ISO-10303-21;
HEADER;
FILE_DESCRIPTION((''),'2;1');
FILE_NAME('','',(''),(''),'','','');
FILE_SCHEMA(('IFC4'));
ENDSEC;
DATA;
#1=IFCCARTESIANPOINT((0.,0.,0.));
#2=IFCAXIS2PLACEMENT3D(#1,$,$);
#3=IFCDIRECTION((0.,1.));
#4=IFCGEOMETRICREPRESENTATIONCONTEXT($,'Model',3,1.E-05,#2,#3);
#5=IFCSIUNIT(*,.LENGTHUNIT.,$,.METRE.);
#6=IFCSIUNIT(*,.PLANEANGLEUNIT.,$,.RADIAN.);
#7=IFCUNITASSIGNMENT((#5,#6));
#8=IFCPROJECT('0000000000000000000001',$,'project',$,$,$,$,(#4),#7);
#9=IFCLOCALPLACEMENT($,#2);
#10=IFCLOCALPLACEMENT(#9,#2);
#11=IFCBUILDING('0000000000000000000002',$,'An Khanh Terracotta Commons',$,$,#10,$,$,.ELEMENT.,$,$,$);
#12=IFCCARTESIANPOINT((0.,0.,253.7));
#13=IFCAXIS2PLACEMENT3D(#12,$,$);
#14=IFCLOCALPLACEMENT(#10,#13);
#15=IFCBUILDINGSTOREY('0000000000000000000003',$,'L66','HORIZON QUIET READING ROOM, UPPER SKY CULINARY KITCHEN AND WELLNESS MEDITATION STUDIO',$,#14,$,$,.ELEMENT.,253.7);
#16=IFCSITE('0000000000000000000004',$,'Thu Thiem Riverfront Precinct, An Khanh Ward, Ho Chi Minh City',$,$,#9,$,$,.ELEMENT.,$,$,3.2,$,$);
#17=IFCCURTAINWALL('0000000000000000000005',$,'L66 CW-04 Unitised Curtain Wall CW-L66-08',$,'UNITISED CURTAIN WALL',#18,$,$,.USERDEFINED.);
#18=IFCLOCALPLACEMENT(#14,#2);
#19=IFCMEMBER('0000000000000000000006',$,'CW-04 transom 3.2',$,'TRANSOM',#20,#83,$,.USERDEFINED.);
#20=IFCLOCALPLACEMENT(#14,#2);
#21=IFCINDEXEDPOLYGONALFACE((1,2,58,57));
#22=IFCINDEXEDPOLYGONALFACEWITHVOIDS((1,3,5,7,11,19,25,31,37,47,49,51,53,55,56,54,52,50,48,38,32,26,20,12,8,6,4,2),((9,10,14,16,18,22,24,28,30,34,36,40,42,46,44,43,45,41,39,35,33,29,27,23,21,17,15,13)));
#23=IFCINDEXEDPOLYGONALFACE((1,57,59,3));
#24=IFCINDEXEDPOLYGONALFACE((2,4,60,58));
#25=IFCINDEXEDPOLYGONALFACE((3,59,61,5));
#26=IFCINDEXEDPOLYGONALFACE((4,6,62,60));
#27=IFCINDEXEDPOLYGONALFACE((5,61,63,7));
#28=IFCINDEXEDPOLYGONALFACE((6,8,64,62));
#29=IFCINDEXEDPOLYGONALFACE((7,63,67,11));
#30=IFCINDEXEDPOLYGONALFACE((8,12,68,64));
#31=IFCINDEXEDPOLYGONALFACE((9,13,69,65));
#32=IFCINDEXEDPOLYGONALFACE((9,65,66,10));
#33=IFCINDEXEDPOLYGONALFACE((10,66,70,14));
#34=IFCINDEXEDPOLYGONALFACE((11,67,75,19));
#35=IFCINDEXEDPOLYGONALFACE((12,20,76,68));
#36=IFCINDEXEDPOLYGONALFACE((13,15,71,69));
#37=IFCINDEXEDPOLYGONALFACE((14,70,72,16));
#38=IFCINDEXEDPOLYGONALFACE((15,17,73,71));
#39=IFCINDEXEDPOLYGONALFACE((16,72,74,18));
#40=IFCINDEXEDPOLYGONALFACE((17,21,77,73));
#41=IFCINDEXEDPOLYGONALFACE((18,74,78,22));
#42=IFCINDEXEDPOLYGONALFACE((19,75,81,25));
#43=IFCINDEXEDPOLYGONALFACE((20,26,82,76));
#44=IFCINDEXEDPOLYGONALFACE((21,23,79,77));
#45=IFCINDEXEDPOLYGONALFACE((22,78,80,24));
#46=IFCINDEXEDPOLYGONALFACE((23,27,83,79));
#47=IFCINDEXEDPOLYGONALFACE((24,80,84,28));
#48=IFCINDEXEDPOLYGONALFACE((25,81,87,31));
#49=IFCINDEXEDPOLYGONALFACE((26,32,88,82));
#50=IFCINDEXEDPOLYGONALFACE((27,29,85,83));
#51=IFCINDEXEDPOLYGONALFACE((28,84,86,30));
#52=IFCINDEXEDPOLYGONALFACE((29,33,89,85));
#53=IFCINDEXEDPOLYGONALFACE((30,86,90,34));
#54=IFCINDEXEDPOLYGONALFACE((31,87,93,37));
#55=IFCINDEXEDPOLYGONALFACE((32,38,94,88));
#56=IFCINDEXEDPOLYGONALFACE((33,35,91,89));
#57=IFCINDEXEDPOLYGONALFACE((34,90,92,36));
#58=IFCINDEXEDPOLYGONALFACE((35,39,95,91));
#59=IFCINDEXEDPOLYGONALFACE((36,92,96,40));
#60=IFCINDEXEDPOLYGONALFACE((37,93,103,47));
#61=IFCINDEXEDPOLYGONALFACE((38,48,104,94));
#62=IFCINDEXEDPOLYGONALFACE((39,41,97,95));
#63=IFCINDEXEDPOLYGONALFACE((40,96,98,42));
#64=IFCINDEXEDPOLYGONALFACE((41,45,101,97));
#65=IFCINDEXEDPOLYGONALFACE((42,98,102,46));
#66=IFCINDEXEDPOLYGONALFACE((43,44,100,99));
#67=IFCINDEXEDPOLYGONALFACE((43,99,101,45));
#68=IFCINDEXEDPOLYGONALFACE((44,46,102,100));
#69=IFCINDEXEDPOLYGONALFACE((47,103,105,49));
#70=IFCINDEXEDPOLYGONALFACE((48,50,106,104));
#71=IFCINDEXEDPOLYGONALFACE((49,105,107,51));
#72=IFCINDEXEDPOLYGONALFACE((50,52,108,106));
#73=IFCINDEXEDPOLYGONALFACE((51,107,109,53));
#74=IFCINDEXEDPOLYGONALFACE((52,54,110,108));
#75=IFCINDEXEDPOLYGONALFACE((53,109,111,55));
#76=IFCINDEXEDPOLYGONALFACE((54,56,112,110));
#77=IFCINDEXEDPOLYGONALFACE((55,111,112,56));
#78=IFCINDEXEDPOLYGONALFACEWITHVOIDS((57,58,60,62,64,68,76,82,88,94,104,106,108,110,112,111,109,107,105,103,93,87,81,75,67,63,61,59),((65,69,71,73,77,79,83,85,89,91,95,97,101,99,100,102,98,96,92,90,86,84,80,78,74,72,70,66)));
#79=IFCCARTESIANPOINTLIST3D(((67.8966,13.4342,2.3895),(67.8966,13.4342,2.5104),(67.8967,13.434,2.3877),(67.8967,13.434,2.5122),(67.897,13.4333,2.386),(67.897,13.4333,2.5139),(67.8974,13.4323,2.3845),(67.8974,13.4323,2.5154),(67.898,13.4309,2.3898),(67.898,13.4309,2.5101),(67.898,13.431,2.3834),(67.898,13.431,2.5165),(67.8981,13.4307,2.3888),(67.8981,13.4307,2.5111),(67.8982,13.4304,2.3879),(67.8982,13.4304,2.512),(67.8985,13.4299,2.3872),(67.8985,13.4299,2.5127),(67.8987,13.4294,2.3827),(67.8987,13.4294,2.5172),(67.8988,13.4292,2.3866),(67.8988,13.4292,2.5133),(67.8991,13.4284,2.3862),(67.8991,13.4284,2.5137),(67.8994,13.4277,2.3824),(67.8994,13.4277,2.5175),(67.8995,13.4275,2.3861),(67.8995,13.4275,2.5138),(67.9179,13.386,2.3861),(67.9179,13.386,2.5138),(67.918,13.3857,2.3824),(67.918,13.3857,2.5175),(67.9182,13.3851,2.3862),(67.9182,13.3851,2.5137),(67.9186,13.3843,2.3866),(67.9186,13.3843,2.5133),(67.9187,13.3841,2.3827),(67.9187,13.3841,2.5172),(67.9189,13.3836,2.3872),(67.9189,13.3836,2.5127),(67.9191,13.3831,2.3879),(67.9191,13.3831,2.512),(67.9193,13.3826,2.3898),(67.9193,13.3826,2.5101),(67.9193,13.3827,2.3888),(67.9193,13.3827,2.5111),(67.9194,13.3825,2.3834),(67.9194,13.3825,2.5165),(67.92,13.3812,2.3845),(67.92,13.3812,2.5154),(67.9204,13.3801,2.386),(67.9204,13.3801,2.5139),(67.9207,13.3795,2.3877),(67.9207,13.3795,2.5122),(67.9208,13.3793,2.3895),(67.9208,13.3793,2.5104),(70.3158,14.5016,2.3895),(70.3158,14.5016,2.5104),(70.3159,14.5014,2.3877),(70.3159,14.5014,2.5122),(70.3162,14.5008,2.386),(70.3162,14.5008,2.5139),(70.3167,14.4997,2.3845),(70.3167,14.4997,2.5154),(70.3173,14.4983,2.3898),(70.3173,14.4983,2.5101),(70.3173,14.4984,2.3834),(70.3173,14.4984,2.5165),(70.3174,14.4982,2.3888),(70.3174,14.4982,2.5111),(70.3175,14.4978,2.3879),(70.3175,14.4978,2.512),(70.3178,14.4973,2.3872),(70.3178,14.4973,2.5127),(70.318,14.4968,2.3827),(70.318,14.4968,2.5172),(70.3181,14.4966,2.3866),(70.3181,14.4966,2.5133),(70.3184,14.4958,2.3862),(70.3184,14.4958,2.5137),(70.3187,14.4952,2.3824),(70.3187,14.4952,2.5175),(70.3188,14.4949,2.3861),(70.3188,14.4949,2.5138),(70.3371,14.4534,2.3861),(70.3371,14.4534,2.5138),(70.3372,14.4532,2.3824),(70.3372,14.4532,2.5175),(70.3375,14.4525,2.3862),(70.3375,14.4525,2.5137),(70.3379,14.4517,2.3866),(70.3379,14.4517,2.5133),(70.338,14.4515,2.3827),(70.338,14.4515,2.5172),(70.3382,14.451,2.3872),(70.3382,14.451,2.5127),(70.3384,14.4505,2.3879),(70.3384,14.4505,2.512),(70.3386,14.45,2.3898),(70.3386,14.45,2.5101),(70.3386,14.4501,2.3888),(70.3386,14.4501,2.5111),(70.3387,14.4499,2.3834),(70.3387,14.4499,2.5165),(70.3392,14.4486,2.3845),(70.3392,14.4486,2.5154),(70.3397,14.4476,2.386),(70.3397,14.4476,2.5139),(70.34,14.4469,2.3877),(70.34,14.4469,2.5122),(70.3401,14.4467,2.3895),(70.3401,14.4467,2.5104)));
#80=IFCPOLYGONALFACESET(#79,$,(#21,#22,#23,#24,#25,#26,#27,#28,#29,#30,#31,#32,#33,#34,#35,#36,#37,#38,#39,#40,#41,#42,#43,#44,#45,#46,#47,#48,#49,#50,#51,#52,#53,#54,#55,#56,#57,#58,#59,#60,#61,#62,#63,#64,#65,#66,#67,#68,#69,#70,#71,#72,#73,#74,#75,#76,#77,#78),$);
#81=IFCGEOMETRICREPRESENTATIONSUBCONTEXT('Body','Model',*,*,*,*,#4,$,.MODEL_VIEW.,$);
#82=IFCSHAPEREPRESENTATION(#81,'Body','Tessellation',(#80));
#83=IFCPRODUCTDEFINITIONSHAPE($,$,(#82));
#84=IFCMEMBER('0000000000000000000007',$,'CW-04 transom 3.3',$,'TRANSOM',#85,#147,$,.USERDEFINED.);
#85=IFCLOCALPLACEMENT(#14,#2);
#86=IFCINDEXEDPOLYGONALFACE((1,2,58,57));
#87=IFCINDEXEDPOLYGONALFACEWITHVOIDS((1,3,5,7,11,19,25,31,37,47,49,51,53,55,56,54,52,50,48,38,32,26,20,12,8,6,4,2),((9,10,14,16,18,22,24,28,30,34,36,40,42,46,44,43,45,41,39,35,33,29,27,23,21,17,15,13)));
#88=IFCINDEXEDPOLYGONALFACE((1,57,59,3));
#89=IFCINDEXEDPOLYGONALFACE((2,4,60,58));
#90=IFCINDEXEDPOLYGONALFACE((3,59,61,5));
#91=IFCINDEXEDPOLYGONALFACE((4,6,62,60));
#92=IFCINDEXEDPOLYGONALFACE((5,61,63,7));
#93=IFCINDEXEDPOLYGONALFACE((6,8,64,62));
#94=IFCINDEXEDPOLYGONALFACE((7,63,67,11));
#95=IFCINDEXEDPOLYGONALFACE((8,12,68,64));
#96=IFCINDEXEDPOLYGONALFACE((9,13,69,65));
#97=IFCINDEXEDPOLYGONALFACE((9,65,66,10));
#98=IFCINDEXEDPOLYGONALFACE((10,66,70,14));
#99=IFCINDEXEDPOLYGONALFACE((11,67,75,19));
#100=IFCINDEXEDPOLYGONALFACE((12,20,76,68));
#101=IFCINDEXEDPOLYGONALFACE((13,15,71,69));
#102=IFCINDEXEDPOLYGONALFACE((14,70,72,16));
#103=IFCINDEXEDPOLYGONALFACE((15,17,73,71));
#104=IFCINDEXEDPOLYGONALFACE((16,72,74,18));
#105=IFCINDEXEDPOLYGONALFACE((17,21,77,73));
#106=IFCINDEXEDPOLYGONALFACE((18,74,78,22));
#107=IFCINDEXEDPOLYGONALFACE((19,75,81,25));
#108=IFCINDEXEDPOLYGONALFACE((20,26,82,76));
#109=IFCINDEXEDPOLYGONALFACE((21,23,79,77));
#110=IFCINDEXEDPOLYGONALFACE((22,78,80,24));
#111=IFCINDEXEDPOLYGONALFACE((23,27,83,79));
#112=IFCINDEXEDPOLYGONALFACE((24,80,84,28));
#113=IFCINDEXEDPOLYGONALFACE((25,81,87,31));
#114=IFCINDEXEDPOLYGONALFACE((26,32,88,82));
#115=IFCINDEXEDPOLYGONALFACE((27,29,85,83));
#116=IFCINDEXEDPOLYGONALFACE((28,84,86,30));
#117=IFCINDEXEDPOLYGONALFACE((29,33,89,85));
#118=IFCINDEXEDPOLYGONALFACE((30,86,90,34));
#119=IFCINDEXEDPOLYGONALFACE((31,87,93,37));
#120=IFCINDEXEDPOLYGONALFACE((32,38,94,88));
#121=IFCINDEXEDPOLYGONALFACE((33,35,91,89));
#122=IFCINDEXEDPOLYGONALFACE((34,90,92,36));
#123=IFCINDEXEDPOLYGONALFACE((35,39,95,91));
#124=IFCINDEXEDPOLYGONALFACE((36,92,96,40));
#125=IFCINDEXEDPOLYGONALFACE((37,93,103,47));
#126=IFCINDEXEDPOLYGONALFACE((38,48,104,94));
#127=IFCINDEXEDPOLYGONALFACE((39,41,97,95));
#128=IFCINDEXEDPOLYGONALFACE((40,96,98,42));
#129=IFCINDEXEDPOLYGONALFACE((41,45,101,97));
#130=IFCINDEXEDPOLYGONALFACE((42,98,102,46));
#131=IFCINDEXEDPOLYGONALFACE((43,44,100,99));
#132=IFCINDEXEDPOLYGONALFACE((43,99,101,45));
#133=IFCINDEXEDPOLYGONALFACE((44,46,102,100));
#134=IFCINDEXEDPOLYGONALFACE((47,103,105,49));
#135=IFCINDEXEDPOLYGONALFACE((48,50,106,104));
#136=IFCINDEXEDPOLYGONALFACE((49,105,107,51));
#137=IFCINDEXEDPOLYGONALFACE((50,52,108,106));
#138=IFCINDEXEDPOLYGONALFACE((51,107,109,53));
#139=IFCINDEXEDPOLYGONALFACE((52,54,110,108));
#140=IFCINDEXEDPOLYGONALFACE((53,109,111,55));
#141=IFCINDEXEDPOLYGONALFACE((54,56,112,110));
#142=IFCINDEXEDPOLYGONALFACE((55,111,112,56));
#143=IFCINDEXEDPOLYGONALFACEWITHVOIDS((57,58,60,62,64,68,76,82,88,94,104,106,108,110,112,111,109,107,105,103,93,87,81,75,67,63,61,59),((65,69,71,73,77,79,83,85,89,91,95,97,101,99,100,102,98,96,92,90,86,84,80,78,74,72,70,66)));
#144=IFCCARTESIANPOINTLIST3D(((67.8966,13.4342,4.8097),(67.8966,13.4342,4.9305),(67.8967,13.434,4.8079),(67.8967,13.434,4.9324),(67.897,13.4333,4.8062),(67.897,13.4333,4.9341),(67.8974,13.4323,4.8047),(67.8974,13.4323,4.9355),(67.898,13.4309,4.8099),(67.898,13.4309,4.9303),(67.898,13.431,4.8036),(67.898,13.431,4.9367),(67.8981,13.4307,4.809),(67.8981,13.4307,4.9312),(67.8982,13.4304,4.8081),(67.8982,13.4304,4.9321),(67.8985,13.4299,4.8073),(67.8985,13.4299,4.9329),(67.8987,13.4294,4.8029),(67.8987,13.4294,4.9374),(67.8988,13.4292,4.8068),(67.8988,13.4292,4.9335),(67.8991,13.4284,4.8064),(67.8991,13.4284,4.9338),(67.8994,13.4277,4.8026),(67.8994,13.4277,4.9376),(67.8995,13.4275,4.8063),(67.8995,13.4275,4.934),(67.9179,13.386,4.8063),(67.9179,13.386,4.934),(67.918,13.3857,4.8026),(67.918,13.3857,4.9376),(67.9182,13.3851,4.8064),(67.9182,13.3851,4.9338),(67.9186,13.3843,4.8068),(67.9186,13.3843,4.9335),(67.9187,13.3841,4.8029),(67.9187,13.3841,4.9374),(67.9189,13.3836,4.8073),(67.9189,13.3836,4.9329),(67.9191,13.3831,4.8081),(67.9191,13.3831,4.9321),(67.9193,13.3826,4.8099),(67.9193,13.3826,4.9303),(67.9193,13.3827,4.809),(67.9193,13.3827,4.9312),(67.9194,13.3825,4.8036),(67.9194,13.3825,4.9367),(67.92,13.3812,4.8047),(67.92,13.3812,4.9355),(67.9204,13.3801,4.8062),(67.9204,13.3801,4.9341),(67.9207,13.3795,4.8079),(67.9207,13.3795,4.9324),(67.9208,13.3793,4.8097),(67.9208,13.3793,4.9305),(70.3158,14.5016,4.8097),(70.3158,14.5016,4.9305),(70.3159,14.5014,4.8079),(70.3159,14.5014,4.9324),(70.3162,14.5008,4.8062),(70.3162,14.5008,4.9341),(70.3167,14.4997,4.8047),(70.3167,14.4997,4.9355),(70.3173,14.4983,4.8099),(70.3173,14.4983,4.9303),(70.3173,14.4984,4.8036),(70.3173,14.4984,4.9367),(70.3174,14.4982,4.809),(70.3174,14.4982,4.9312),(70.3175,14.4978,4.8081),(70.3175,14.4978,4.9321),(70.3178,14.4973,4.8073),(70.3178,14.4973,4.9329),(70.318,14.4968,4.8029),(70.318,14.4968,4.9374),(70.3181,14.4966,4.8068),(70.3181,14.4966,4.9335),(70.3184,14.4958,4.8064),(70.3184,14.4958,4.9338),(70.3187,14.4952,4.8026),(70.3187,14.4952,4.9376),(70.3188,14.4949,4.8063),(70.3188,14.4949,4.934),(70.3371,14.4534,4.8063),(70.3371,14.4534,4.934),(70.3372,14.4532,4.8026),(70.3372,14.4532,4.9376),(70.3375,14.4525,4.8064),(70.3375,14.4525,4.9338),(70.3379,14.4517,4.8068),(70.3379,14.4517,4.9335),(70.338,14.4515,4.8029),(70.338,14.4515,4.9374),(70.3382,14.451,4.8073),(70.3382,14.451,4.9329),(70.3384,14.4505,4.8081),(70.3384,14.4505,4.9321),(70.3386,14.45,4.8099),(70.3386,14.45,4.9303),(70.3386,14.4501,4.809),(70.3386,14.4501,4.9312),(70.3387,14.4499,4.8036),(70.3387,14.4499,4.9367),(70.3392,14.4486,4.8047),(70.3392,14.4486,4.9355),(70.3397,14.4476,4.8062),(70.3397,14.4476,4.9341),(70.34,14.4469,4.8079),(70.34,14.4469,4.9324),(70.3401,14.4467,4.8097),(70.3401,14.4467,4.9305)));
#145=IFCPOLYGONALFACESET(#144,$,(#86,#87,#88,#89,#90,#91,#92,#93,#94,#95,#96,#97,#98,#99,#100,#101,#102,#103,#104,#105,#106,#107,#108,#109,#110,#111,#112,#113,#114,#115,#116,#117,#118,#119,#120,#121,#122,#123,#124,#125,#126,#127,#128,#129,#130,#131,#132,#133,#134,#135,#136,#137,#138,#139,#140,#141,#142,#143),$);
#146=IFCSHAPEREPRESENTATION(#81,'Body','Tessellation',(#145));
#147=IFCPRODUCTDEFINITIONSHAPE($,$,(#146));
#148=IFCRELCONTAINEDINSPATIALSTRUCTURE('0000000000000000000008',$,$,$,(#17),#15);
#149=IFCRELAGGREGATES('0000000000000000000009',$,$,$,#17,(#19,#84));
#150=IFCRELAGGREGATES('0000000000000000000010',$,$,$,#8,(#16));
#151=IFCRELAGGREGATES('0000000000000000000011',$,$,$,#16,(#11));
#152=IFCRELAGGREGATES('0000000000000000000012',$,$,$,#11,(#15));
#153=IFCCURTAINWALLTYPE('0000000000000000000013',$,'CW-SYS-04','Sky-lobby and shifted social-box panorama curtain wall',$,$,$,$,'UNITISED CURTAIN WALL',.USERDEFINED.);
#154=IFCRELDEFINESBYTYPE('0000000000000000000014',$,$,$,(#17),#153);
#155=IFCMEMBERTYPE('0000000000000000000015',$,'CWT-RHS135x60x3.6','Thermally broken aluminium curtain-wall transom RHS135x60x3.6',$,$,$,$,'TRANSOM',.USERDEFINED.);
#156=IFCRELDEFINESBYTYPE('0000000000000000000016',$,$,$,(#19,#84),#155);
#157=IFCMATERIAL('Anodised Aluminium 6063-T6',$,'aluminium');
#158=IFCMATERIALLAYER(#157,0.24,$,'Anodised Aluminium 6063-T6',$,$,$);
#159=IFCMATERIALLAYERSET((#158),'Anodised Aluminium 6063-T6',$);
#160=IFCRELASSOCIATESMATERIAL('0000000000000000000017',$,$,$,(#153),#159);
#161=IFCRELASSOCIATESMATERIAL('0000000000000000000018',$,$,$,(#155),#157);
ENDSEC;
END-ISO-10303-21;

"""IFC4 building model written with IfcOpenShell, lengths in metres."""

from ifc_helpers import new_model, si_unit, direction, frame, origin, origin_2d, place, context, subcontext, project, spatial, hollow_rectangle, extrude, material, layer, layer_set, material_profile, profile_set, type_object, element, aggregate, save


model = new_model("IFC4")

# Units and contexts
model_context = context("Model", 3, precision=1e-05, world=origin(), true_north=direction((0.0, 1.0)))
body_context = subcontext(model_context, "Body", "Model", "MODEL_VIEW")
ifc_project = project(units=[si_unit("LENGTHUNIT", "METRE"), si_unit("PLANEANGLEUNIT", "RADIAN")], contexts=[model_context])

# Site, building, storey
site_placement = place(None, origin())
site = spatial("IfcSite", under=ifc_project, at=site_placement, Name="Thu Thiem Riverfront Precinct, An Khanh Ward, Ho Chi Minh City", CompositionType="ELEMENT", RefElevation=3.2)
building_placement = place(site_placement, origin())
building = spatial("IfcBuilding", under=site, at=building_placement, Name="An Khanh Terracotta Commons", CompositionType="ELEMENT")
storey_placement = place(building_placement, frame((0.0, 0.0, 253.7)))
storey = spatial("IfcBuildingStorey", under=building, at=storey_placement, Name="L66", Description="HORIZON QUIET READING ROOM, UPPER SKY CULINARY KITCHEN AND WELLNESS MEDITATION STUDIO", CompositionType="ELEMENT", Elevation=253.7)

# Curtain wall
ifc_material_1 = material(Name="Anodised Aluminium 6063-T6", Category="aluminium")
ifc_layer_1 = layer(ifc_material_1, 0.24, Name="Anodised Aluminium 6063-T6")
ifc_layer_set_1 = layer_set([ifc_layer_1], Name="Anodised Aluminium 6063-T6")
curtain_wall_type = type_object("IfcCurtainWallType", Name="CW-SYS-04", Description="Sky-lobby and shifted social-box panorama curtain wall", ElementType="UNITISED CURTAIN WALL", PredefinedType="USERDEFINED", material=ifc_layer_set_1)
curtain_wall_1_placement = place(storey_placement, origin())
curtain_wall_1 = element("IfcCurtainWall", 1, at=curtain_wall_1_placement, inside=storey, type_object=curtain_wall_type, Name="L66 CW-04 Unitised Curtain Wall CW-L66-08", ObjectType="UNITISED CURTAIN WALL", PredefinedType="USERDEFINED")

# Members
ifc_material_profile_1 = material_profile(ifc_material_1, hollow_rectangle(XDim=0.0601, YDim=0.135, WallThickness=0.0037, InnerFilletRadius=0.0037, OuterFilletRadius=0.0071, at=origin_2d()), Name="RHS135x60x3.6")
ifc_profile_set_1 = profile_set([ifc_material_profile_1], Name="Anodised Aluminium 6063-T6")
member_type_1 = type_object("IfcMemberType", Name="CWT-RHS135x60x3.6", Description="Thermally broken aluminium curtain-wall transom RHS135x60x3.6", ElementType="TRANSOM", PredefinedType="USERDEFINED", material=ifc_profile_set_1)
member_1_placement = place(storey_placement, frame((67.9087, 13.4067, 2.45), z_axis=(0.914905, 0.40367, 0.0), x_axis=(-0.40367, 0.914905, 0.0)))
member_1 = element("IfcMember", 2, at=member_1_placement, type_object=member_type_1, Name="CW-04 transom 3.2", ObjectType="TRANSOM", PredefinedType="USERDEFINED", context=body_context, shape_type="SweptSolid", body=[
    extrude(hollow_rectangle(XDim=0.0601, YDim=0.135, WallThickness=0.0037, InnerFilletRadius=0.0037, OuterFilletRadius=0.0071, at=origin_2d()), origin(), (0.0, 0.0, 1.0), 2.6443),
])
member_2_placement = place(storey_placement, frame((67.9087, 13.4067, 4.8701), z_axis=(0.914905, 0.40367, 0.0), x_axis=(-0.40367, 0.914905, 0.0)))
member_2 = element("IfcMember", 3, at=member_2_placement, type_object=member_type_1, Name="CW-04 transom 3.3", ObjectType="TRANSOM", PredefinedType="USERDEFINED", context=body_context, shape_type="SweptSolid", body=[
    extrude(hollow_rectangle(XDim=0.0601, YDim=0.135, WallThickness=0.0037, InnerFilletRadius=0.0037, OuterFilletRadius=0.0071, at=origin_2d()), origin(), (0.0, 0.0, 1.0), 2.6443),
])

aggregate(curtain_wall_1, [member_1, member_2])

save(model, "model.ifc")
